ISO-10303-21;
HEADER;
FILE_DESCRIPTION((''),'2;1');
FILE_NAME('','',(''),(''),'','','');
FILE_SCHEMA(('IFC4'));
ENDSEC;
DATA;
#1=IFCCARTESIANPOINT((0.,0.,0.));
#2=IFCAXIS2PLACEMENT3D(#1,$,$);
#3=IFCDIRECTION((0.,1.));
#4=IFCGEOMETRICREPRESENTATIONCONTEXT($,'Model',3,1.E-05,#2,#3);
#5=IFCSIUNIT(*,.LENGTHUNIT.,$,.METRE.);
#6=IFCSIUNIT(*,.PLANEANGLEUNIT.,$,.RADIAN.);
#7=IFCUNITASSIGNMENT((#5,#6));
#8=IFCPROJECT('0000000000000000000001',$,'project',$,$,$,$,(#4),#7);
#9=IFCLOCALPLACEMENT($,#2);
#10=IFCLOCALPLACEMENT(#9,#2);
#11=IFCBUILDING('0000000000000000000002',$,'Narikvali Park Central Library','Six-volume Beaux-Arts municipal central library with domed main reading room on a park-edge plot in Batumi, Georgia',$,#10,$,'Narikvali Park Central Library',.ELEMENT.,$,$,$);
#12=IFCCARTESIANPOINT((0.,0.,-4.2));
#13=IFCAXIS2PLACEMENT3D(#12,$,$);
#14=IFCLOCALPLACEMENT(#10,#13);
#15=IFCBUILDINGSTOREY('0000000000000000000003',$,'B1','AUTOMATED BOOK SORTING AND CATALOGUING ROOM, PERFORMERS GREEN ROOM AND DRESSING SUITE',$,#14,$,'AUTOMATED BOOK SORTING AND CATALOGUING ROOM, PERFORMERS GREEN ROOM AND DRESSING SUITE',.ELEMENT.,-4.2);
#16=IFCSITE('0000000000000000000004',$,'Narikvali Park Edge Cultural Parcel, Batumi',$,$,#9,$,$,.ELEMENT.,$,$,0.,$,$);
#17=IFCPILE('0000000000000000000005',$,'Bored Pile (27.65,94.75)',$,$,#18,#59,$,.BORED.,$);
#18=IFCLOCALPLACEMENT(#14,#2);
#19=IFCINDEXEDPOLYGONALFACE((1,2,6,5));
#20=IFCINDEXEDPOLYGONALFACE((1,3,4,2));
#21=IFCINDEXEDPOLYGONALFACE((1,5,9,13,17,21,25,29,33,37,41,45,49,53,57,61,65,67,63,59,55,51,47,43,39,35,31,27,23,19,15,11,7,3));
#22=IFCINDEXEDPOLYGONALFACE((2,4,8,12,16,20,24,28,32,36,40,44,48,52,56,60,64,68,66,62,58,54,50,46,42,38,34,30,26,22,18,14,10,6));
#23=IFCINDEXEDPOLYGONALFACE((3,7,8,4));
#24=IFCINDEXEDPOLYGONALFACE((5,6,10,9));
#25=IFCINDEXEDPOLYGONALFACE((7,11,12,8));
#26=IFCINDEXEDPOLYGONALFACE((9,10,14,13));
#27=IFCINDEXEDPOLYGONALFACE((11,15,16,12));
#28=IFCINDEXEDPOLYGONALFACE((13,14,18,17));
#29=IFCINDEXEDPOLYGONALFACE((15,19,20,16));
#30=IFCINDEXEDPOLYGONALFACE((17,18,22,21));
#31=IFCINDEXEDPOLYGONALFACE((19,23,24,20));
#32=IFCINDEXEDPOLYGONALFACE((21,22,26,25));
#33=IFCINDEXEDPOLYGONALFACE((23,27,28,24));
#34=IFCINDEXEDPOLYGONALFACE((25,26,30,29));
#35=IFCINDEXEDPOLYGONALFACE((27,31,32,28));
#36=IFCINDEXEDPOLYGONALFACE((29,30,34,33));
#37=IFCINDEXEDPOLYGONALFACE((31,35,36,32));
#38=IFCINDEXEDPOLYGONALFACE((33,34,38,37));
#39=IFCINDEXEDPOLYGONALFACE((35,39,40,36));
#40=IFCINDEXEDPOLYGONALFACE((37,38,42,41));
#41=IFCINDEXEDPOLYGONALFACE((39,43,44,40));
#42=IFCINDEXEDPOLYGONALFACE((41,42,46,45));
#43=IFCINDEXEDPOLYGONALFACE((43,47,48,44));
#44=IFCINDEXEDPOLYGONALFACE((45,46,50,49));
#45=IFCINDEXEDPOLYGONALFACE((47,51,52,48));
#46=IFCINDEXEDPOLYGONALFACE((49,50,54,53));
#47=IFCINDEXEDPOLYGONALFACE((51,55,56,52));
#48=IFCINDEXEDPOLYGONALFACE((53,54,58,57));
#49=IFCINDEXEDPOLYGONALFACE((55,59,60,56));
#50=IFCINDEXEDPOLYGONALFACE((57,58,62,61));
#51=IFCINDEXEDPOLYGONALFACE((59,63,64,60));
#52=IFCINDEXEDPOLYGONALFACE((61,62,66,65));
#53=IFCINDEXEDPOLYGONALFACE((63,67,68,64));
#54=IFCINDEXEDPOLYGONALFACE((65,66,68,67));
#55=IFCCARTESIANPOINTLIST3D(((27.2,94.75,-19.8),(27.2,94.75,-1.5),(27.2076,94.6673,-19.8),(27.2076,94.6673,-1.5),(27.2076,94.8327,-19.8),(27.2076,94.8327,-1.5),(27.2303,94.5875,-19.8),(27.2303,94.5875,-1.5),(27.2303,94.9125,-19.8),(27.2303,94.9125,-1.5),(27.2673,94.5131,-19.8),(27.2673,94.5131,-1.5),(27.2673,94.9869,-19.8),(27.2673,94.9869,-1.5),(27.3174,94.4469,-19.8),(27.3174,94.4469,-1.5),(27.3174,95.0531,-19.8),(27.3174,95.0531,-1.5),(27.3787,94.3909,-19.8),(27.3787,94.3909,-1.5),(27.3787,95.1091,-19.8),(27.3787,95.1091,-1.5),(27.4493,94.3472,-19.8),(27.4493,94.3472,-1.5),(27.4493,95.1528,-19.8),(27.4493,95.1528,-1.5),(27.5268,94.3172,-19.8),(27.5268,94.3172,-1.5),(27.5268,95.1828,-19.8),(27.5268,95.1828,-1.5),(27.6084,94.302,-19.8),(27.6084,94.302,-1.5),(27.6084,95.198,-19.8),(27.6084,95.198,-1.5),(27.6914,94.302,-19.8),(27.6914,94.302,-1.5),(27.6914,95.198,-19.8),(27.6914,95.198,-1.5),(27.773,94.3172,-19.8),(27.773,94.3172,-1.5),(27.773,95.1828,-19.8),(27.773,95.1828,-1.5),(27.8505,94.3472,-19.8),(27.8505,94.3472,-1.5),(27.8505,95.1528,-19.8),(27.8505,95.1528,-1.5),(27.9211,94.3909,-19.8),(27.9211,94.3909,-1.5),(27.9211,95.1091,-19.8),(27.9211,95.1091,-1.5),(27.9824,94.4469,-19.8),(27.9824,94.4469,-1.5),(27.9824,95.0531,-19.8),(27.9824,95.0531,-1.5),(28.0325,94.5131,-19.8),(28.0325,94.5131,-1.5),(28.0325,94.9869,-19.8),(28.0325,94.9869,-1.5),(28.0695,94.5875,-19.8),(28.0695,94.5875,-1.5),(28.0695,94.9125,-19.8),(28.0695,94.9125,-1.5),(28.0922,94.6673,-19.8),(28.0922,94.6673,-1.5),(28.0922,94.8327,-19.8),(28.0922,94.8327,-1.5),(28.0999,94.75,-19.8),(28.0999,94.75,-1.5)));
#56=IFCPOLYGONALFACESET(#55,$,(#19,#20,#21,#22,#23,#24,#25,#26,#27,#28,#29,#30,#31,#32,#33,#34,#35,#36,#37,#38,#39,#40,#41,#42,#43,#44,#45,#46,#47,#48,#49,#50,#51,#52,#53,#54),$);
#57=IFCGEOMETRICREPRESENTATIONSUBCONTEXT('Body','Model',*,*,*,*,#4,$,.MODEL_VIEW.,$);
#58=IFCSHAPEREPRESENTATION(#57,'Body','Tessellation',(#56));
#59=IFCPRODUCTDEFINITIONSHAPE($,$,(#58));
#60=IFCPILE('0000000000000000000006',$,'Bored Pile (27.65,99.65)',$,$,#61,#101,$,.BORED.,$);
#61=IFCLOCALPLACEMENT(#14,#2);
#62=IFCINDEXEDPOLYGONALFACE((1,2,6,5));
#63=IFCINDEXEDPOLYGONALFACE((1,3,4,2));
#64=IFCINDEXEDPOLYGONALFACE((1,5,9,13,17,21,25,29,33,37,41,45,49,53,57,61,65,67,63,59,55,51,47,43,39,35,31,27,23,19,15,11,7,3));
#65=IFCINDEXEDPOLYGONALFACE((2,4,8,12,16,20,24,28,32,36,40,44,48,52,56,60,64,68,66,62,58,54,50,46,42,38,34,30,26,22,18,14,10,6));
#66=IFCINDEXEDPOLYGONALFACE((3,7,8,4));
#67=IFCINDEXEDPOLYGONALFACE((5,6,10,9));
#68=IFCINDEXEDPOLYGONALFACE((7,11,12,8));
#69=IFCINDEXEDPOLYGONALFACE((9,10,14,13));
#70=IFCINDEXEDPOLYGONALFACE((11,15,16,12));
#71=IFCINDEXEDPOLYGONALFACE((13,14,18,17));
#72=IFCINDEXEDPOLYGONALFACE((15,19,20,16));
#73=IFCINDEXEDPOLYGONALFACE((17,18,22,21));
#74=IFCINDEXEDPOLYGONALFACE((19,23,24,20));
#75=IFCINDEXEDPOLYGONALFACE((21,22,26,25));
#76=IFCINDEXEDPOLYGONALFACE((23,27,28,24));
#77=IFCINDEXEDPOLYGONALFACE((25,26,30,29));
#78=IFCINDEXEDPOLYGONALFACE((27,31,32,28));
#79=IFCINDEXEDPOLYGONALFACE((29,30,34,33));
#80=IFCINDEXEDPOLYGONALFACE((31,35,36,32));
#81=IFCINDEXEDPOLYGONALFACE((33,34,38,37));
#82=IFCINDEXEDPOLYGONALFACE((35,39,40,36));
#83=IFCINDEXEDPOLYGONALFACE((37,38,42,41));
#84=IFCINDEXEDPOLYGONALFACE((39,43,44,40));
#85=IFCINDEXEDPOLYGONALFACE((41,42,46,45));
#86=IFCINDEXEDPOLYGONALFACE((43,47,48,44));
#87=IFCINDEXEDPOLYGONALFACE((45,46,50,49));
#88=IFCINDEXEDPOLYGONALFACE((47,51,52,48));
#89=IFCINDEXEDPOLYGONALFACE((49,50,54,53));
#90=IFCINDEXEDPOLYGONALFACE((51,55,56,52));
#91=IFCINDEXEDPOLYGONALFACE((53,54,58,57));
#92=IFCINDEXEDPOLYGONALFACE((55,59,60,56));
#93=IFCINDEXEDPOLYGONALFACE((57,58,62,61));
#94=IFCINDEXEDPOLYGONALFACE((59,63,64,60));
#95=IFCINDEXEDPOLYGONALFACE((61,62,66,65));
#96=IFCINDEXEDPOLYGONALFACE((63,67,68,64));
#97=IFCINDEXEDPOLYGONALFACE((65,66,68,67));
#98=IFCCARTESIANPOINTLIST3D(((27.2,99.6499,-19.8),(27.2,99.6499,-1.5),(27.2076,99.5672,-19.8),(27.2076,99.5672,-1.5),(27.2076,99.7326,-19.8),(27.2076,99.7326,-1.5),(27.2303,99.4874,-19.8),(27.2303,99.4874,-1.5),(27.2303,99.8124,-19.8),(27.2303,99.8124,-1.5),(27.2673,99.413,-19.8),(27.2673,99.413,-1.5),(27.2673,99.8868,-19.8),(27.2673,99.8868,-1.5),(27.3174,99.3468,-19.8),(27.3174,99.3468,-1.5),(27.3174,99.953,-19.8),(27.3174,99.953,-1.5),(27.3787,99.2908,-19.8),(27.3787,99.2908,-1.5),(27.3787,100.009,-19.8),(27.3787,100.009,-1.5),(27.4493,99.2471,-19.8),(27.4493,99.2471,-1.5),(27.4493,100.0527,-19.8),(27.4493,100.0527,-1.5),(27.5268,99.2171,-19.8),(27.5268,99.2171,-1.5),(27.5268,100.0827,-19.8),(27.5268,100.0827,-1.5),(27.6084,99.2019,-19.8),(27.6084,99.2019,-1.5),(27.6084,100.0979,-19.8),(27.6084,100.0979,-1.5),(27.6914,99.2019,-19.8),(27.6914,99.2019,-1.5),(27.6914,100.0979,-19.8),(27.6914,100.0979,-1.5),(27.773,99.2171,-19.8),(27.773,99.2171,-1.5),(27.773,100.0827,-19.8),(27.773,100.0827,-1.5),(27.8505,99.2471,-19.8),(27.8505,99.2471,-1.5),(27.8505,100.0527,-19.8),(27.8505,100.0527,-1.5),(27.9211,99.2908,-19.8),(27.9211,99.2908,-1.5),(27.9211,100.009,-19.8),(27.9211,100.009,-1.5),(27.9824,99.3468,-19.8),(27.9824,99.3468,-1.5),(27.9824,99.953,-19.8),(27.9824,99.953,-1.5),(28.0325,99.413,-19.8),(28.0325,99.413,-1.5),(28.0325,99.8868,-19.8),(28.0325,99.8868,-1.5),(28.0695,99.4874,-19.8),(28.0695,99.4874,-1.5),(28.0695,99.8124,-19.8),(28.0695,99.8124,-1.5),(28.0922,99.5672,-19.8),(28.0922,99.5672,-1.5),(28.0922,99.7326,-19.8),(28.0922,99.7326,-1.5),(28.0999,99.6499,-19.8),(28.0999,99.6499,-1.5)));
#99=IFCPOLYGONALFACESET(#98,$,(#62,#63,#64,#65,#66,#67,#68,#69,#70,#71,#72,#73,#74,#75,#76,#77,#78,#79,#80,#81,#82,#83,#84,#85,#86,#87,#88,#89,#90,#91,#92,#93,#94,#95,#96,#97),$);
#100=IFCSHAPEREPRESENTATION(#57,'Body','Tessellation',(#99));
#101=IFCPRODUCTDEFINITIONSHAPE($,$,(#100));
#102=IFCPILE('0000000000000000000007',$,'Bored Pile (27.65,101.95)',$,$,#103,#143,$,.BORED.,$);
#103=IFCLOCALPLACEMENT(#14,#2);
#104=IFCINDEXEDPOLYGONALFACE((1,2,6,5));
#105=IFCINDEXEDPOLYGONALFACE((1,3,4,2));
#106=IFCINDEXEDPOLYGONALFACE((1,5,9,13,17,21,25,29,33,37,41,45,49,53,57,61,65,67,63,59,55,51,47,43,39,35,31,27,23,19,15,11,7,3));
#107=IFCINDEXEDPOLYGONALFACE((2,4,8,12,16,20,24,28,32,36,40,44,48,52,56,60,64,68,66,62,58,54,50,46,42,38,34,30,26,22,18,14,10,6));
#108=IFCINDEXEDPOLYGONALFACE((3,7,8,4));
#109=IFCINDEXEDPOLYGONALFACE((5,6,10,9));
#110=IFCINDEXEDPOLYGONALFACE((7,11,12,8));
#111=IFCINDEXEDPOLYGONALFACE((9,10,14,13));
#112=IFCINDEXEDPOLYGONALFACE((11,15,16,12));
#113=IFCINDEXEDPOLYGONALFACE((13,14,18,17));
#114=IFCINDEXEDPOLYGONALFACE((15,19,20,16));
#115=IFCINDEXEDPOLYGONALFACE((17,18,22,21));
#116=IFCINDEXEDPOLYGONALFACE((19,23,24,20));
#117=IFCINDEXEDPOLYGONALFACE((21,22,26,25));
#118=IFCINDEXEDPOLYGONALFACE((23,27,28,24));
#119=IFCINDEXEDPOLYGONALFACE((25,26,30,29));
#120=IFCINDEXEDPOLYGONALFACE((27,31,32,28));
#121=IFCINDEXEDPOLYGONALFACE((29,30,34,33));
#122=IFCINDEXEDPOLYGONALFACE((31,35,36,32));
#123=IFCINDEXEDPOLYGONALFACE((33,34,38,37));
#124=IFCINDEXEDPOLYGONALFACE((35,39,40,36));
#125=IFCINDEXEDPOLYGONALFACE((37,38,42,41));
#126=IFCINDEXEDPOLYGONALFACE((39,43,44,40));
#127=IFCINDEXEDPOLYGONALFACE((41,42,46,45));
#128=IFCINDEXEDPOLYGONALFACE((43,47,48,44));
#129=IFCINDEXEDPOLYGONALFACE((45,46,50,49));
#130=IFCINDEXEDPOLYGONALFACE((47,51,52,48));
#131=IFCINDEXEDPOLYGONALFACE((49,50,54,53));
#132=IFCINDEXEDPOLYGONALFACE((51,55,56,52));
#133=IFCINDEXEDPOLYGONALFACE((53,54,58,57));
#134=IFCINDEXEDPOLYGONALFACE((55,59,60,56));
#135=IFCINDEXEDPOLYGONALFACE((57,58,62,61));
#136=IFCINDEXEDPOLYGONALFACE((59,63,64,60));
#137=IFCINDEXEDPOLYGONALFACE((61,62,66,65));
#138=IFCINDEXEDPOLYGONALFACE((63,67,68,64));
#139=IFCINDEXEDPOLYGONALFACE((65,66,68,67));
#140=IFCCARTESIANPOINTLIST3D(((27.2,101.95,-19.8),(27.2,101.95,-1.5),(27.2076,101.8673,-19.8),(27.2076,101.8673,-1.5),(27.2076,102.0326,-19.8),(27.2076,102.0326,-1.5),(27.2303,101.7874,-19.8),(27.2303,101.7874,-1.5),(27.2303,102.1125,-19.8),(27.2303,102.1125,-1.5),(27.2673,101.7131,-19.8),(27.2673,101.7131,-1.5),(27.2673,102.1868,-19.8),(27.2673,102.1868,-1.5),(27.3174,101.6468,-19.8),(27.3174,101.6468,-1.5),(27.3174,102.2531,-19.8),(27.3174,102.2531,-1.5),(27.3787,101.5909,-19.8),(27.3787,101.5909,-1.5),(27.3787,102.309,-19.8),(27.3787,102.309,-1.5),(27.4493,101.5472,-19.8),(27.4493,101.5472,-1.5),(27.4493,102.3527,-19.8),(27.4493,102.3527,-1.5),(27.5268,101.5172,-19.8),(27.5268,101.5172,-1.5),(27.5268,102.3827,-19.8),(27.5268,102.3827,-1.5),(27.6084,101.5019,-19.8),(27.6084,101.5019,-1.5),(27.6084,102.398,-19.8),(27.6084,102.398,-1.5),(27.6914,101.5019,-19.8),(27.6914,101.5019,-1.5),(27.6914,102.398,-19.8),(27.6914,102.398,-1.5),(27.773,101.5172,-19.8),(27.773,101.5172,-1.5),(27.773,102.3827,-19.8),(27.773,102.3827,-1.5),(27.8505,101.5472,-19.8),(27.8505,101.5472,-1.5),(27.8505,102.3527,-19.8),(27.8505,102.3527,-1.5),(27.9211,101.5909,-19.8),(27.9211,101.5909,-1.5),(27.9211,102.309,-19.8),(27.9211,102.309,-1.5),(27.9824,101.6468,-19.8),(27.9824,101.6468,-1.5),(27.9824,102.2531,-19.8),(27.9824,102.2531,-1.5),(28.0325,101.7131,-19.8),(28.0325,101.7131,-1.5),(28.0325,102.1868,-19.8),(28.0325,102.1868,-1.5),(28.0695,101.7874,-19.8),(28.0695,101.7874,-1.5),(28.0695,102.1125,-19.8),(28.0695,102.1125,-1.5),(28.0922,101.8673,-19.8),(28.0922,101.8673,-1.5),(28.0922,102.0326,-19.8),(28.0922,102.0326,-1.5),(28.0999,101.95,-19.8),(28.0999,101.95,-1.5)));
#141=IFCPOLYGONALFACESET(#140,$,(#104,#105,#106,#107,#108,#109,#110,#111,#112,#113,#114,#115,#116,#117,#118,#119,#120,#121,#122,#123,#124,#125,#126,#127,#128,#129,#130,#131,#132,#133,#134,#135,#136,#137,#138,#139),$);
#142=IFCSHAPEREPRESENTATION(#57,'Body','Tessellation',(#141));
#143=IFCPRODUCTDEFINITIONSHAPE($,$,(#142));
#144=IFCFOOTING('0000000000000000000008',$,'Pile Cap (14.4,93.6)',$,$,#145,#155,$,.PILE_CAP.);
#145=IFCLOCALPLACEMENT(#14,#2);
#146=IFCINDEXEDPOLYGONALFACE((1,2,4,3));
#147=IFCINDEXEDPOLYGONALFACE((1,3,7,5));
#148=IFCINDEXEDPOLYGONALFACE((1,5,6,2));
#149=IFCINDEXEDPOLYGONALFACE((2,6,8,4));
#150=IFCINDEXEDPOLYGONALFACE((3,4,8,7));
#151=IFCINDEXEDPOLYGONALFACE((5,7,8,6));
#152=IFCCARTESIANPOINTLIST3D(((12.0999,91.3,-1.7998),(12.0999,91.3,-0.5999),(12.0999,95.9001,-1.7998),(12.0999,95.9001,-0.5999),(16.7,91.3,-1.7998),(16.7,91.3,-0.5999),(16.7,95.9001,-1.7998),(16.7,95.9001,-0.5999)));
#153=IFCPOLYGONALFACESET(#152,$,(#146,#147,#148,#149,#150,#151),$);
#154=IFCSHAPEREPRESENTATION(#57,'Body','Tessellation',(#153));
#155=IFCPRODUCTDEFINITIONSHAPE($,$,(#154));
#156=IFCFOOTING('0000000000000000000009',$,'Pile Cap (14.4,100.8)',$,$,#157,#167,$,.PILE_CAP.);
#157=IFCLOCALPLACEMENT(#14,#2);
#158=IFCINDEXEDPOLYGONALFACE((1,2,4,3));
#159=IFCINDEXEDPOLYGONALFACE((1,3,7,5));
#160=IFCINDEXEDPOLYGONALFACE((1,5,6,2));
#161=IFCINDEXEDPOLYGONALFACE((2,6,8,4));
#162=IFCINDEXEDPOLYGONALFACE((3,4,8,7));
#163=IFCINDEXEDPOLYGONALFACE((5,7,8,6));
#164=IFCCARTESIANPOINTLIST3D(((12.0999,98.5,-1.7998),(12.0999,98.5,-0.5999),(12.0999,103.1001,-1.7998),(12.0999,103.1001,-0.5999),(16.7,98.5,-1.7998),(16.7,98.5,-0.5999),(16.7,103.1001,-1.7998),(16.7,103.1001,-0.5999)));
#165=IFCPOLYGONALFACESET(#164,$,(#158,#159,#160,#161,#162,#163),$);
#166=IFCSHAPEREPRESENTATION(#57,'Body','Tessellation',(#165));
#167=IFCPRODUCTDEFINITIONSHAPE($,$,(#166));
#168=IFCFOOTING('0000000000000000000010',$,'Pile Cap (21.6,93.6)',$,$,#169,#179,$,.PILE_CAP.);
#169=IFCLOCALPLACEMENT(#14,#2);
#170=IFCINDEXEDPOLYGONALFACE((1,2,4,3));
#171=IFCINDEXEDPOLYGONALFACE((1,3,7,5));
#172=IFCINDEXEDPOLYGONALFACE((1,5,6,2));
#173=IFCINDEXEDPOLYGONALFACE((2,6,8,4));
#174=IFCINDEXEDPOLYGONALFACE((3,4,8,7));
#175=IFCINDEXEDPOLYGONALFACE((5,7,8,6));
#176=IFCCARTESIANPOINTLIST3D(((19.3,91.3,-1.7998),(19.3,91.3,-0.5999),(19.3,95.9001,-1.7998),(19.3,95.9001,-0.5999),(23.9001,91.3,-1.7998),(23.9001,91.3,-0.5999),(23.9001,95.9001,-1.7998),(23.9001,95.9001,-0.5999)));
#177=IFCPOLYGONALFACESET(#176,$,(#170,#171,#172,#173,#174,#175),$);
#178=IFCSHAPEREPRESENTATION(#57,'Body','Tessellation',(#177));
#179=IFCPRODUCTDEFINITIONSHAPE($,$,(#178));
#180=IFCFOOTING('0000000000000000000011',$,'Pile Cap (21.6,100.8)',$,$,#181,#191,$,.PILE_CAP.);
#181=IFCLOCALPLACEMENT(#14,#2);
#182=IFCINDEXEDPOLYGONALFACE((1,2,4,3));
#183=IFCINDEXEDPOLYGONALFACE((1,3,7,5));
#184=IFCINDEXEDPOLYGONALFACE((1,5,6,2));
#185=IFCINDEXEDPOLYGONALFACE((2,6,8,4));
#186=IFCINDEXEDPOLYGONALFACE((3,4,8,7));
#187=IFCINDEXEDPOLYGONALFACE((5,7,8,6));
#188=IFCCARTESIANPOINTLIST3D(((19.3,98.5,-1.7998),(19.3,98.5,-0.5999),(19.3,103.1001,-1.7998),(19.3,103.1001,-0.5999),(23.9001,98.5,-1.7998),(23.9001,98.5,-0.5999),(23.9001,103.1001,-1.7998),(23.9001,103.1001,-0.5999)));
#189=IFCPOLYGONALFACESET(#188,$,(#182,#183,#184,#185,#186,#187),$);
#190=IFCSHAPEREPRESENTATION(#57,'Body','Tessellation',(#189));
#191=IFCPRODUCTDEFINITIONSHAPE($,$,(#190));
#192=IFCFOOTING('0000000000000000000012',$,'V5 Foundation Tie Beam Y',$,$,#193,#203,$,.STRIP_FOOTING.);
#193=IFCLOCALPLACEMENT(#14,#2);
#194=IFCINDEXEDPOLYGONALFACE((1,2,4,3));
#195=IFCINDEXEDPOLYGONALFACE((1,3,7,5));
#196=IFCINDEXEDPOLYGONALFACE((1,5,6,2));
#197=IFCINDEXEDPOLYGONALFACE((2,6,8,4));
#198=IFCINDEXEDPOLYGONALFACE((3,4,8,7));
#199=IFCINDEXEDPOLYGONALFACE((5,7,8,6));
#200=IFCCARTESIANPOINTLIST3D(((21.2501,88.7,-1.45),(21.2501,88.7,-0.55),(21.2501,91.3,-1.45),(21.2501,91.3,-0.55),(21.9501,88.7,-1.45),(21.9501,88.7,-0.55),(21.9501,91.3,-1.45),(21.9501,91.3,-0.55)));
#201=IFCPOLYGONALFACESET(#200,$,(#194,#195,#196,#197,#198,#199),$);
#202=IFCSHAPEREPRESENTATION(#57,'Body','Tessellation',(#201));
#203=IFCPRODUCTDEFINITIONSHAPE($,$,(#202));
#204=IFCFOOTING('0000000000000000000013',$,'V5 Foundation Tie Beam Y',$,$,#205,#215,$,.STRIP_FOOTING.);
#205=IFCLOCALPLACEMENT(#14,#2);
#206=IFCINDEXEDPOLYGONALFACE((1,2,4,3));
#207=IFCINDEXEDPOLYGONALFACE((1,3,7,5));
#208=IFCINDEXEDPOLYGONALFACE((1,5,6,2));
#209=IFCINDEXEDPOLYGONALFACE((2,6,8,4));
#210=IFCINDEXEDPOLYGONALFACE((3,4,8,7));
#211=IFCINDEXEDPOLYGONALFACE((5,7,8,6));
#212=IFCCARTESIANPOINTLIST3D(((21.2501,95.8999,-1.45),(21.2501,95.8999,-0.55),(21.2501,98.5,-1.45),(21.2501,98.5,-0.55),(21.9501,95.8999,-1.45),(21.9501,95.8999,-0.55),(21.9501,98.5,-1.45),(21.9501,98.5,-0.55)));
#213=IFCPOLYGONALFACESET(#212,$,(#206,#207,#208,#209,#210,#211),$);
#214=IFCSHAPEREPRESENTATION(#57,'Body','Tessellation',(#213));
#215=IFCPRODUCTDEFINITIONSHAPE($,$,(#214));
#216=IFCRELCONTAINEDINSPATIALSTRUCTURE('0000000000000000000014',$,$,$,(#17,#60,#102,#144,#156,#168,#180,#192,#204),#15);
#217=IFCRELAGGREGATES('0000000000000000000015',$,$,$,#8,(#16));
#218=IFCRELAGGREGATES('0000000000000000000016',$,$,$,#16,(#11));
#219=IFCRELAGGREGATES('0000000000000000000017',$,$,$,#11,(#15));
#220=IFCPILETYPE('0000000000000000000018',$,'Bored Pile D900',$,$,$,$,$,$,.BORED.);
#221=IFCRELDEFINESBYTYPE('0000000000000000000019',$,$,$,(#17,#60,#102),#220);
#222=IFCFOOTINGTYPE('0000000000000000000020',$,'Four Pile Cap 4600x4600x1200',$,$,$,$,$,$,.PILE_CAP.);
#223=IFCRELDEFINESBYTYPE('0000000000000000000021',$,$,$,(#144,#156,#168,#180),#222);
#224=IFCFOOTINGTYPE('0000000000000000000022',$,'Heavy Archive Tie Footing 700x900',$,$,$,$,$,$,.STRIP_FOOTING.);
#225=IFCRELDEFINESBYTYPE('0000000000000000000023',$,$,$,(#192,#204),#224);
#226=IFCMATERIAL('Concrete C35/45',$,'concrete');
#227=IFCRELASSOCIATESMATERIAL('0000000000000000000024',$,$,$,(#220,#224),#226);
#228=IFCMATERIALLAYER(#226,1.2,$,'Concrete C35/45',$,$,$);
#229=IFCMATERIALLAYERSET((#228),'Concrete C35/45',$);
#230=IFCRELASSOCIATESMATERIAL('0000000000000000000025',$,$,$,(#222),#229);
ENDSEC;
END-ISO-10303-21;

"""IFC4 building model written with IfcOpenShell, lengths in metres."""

from ifc_helpers import new_model, si_unit, direction, frame, origin, origin_2d, place, context, subcontext, project, spatial, rectangle, circle, extrude, material, layer, layer_set, material_profile, profile_set, type_object, element, save


model = new_model("IFC4")

# Units and contexts
model_context = context("Model", 3, precision=1e-05, world=origin(), true_north=direction((0.0, 1.0)))
body_context = subcontext(model_context, "Body", "Model", "MODEL_VIEW")
ifc_project = project(units=[si_unit("LENGTHUNIT", "METRE"), si_unit("PLANEANGLEUNIT", "RADIAN")], contexts=[model_context])

# Site, building, storey
site_placement = place(None, origin())
site = spatial("IfcSite", under=ifc_project, at=site_placement, Name="Narikvali Park Edge Cultural Parcel, Batumi", CompositionType="ELEMENT", RefElevation=0.0)
building_placement = place(site_placement, origin())
building = spatial("IfcBuilding", under=site, at=building_placement, Name="Narikvali Park Central Library", Description="Six-volume Beaux-Arts municipal central library with domed main reading room on a park-edge plot in Batumi, Georgia", LongName="Narikvali Park Central Library", CompositionType="ELEMENT")
storey_placement = place(building_placement, frame((0.0, 0.0, -4.2)))
storey = spatial("IfcBuildingStorey", under=building, at=storey_placement, Name="B1", Description="AUTOMATED BOOK SORTING AND CATALOGUING ROOM, PERFORMERS GREEN ROOM AND DRESSING SUITE", LongName="AUTOMATED BOOK SORTING AND CATALOGUING ROOM, PERFORMERS GREEN ROOM AND DRESSING SUITE", CompositionType="ELEMENT", Elevation=-4.2)

# Piles
ifc_material_1 = material(Name="Concrete C35/45", Category="concrete")
ifc_material_profile_1 = material_profile(ifc_material_1, circle(Radius=0.45, at=origin_2d()), Name="PILE D900")
ifc_profile_set_1 = profile_set([ifc_material_profile_1], Name="Concrete C35/45")
pile_type_1 = type_object("IfcPileType", Name="Bored Pile D900", PredefinedType="BORED", material=ifc_profile_set_1)
for number, where, z_axis, x_axis, name in (
    (1, (27.6499, 94.75, -1.5), (0.0, 0.0, -1.0), (1.0, 0.0, 0.0), "Bored Pile (27.65,94.75)"),
    (2, (27.6499, 99.6499, -1.5), (0.0, 0.0, -1.0), (1.0, 0.0, 0.0), "Bored Pile (27.65,99.65)"),
    (3, (27.6499, 101.95, -1.5), (0.0, 0.0, -1.0), (1.0, 0.0, 0.0), "Bored Pile (27.65,101.95)"),
):
    element("IfcPile", number, at=place(storey_placement, frame(where, z_axis=z_axis, x_axis=x_axis)), inside=storey, type_object=pile_type_1, Name=name, PredefinedType="BORED", context=body_context, shape_type="SweptSolid", body=[
        extrude(circle(Radius=0.45, at=origin_2d()), origin(), (0.0, 0.0, 1.0), 18.3),
    ])

# Footings
ifc_layer_1 = layer(ifc_material_1, 1.2, Name="Concrete C35/45")
ifc_layer_set_1 = layer_set([ifc_layer_1], Name="Concrete C35/45")
footing_type_1 = type_object("IfcFootingType", Name="Four Pile Cap 4600x4600x1200", PredefinedType="PILE_CAP", material=ifc_layer_set_1)
for number, where, z_axis, x_axis, name in (
    (4, (14.3999, 93.6001, -1.7998), (0.0, 0.0, 1.0), (1.0, 0.0, 0.0), "Pile Cap (14.4,93.6)"),
    (5, (14.3999, 100.8, -1.7998), (0.0, 0.0, 1.0), (1.0, 0.0, 0.0), "Pile Cap (14.4,100.8)"),
    (6, (21.6001, 93.6001, -1.7998), (0.0, 0.0, 1.0), (1.0, 0.0, 0.0), "Pile Cap (21.6,93.6)"),
    (7, (21.6001, 100.8, -1.7998), (0.0, 0.0, 1.0), (1.0, 0.0, 0.0), "Pile Cap (21.6,100.8)"),
):
    element("IfcFooting", number, at=place(storey_placement, frame(where, z_axis=z_axis, x_axis=x_axis)), inside=storey, type_object=footing_type_1, Name=name, PredefinedType="PILE_CAP", context=body_context, shape_type="SweptSolid", body=[
        extrude(rectangle(XDim=4.6001, YDim=4.6001, at=origin_2d()), origin(), (0.0, 0.0, 1.0), 1.2),
    ])
ifc_material_profile_2 = material_profile(ifc_material_1, rectangle(XDim=0.7, YDim=0.8999, at=origin_2d()), Name="RC GB 700x900")
ifc_profile_set_2 = profile_set([ifc_material_profile_2], Name="Concrete C35/45")
footing_type_2 = type_object("IfcFootingType", Name="Heavy Archive Tie Footing 700x900", PredefinedType="STRIP_FOOTING", material=ifc_profile_set_2)
for number, where, z_axis, x_axis, name in (
    (8, (21.6001, 88.7, -1.0), (0.0, 1.0, 0.0), (-1.0, 0.0, 0.0), "V5 Foundation Tie Beam Y"),
    (9, (21.6001, 95.8999, -1.0), (0.0, 1.0, 0.0), (-1.0, 0.0, 0.0), "V5 Foundation Tie Beam Y"),
):
    element("IfcFooting", number, at=place(storey_placement, frame(where, z_axis=z_axis, x_axis=x_axis)), inside=storey, type_object=footing_type_2, Name=name, PredefinedType="STRIP_FOOTING", context=body_context, shape_type="SweptSolid", body=[
        extrude(rectangle(XDim=0.7, YDim=0.8999, at=origin_2d()), origin(), (0.0, 0.0, 1.0), 2.6001),
    ])

save(model, "model.ifc")
